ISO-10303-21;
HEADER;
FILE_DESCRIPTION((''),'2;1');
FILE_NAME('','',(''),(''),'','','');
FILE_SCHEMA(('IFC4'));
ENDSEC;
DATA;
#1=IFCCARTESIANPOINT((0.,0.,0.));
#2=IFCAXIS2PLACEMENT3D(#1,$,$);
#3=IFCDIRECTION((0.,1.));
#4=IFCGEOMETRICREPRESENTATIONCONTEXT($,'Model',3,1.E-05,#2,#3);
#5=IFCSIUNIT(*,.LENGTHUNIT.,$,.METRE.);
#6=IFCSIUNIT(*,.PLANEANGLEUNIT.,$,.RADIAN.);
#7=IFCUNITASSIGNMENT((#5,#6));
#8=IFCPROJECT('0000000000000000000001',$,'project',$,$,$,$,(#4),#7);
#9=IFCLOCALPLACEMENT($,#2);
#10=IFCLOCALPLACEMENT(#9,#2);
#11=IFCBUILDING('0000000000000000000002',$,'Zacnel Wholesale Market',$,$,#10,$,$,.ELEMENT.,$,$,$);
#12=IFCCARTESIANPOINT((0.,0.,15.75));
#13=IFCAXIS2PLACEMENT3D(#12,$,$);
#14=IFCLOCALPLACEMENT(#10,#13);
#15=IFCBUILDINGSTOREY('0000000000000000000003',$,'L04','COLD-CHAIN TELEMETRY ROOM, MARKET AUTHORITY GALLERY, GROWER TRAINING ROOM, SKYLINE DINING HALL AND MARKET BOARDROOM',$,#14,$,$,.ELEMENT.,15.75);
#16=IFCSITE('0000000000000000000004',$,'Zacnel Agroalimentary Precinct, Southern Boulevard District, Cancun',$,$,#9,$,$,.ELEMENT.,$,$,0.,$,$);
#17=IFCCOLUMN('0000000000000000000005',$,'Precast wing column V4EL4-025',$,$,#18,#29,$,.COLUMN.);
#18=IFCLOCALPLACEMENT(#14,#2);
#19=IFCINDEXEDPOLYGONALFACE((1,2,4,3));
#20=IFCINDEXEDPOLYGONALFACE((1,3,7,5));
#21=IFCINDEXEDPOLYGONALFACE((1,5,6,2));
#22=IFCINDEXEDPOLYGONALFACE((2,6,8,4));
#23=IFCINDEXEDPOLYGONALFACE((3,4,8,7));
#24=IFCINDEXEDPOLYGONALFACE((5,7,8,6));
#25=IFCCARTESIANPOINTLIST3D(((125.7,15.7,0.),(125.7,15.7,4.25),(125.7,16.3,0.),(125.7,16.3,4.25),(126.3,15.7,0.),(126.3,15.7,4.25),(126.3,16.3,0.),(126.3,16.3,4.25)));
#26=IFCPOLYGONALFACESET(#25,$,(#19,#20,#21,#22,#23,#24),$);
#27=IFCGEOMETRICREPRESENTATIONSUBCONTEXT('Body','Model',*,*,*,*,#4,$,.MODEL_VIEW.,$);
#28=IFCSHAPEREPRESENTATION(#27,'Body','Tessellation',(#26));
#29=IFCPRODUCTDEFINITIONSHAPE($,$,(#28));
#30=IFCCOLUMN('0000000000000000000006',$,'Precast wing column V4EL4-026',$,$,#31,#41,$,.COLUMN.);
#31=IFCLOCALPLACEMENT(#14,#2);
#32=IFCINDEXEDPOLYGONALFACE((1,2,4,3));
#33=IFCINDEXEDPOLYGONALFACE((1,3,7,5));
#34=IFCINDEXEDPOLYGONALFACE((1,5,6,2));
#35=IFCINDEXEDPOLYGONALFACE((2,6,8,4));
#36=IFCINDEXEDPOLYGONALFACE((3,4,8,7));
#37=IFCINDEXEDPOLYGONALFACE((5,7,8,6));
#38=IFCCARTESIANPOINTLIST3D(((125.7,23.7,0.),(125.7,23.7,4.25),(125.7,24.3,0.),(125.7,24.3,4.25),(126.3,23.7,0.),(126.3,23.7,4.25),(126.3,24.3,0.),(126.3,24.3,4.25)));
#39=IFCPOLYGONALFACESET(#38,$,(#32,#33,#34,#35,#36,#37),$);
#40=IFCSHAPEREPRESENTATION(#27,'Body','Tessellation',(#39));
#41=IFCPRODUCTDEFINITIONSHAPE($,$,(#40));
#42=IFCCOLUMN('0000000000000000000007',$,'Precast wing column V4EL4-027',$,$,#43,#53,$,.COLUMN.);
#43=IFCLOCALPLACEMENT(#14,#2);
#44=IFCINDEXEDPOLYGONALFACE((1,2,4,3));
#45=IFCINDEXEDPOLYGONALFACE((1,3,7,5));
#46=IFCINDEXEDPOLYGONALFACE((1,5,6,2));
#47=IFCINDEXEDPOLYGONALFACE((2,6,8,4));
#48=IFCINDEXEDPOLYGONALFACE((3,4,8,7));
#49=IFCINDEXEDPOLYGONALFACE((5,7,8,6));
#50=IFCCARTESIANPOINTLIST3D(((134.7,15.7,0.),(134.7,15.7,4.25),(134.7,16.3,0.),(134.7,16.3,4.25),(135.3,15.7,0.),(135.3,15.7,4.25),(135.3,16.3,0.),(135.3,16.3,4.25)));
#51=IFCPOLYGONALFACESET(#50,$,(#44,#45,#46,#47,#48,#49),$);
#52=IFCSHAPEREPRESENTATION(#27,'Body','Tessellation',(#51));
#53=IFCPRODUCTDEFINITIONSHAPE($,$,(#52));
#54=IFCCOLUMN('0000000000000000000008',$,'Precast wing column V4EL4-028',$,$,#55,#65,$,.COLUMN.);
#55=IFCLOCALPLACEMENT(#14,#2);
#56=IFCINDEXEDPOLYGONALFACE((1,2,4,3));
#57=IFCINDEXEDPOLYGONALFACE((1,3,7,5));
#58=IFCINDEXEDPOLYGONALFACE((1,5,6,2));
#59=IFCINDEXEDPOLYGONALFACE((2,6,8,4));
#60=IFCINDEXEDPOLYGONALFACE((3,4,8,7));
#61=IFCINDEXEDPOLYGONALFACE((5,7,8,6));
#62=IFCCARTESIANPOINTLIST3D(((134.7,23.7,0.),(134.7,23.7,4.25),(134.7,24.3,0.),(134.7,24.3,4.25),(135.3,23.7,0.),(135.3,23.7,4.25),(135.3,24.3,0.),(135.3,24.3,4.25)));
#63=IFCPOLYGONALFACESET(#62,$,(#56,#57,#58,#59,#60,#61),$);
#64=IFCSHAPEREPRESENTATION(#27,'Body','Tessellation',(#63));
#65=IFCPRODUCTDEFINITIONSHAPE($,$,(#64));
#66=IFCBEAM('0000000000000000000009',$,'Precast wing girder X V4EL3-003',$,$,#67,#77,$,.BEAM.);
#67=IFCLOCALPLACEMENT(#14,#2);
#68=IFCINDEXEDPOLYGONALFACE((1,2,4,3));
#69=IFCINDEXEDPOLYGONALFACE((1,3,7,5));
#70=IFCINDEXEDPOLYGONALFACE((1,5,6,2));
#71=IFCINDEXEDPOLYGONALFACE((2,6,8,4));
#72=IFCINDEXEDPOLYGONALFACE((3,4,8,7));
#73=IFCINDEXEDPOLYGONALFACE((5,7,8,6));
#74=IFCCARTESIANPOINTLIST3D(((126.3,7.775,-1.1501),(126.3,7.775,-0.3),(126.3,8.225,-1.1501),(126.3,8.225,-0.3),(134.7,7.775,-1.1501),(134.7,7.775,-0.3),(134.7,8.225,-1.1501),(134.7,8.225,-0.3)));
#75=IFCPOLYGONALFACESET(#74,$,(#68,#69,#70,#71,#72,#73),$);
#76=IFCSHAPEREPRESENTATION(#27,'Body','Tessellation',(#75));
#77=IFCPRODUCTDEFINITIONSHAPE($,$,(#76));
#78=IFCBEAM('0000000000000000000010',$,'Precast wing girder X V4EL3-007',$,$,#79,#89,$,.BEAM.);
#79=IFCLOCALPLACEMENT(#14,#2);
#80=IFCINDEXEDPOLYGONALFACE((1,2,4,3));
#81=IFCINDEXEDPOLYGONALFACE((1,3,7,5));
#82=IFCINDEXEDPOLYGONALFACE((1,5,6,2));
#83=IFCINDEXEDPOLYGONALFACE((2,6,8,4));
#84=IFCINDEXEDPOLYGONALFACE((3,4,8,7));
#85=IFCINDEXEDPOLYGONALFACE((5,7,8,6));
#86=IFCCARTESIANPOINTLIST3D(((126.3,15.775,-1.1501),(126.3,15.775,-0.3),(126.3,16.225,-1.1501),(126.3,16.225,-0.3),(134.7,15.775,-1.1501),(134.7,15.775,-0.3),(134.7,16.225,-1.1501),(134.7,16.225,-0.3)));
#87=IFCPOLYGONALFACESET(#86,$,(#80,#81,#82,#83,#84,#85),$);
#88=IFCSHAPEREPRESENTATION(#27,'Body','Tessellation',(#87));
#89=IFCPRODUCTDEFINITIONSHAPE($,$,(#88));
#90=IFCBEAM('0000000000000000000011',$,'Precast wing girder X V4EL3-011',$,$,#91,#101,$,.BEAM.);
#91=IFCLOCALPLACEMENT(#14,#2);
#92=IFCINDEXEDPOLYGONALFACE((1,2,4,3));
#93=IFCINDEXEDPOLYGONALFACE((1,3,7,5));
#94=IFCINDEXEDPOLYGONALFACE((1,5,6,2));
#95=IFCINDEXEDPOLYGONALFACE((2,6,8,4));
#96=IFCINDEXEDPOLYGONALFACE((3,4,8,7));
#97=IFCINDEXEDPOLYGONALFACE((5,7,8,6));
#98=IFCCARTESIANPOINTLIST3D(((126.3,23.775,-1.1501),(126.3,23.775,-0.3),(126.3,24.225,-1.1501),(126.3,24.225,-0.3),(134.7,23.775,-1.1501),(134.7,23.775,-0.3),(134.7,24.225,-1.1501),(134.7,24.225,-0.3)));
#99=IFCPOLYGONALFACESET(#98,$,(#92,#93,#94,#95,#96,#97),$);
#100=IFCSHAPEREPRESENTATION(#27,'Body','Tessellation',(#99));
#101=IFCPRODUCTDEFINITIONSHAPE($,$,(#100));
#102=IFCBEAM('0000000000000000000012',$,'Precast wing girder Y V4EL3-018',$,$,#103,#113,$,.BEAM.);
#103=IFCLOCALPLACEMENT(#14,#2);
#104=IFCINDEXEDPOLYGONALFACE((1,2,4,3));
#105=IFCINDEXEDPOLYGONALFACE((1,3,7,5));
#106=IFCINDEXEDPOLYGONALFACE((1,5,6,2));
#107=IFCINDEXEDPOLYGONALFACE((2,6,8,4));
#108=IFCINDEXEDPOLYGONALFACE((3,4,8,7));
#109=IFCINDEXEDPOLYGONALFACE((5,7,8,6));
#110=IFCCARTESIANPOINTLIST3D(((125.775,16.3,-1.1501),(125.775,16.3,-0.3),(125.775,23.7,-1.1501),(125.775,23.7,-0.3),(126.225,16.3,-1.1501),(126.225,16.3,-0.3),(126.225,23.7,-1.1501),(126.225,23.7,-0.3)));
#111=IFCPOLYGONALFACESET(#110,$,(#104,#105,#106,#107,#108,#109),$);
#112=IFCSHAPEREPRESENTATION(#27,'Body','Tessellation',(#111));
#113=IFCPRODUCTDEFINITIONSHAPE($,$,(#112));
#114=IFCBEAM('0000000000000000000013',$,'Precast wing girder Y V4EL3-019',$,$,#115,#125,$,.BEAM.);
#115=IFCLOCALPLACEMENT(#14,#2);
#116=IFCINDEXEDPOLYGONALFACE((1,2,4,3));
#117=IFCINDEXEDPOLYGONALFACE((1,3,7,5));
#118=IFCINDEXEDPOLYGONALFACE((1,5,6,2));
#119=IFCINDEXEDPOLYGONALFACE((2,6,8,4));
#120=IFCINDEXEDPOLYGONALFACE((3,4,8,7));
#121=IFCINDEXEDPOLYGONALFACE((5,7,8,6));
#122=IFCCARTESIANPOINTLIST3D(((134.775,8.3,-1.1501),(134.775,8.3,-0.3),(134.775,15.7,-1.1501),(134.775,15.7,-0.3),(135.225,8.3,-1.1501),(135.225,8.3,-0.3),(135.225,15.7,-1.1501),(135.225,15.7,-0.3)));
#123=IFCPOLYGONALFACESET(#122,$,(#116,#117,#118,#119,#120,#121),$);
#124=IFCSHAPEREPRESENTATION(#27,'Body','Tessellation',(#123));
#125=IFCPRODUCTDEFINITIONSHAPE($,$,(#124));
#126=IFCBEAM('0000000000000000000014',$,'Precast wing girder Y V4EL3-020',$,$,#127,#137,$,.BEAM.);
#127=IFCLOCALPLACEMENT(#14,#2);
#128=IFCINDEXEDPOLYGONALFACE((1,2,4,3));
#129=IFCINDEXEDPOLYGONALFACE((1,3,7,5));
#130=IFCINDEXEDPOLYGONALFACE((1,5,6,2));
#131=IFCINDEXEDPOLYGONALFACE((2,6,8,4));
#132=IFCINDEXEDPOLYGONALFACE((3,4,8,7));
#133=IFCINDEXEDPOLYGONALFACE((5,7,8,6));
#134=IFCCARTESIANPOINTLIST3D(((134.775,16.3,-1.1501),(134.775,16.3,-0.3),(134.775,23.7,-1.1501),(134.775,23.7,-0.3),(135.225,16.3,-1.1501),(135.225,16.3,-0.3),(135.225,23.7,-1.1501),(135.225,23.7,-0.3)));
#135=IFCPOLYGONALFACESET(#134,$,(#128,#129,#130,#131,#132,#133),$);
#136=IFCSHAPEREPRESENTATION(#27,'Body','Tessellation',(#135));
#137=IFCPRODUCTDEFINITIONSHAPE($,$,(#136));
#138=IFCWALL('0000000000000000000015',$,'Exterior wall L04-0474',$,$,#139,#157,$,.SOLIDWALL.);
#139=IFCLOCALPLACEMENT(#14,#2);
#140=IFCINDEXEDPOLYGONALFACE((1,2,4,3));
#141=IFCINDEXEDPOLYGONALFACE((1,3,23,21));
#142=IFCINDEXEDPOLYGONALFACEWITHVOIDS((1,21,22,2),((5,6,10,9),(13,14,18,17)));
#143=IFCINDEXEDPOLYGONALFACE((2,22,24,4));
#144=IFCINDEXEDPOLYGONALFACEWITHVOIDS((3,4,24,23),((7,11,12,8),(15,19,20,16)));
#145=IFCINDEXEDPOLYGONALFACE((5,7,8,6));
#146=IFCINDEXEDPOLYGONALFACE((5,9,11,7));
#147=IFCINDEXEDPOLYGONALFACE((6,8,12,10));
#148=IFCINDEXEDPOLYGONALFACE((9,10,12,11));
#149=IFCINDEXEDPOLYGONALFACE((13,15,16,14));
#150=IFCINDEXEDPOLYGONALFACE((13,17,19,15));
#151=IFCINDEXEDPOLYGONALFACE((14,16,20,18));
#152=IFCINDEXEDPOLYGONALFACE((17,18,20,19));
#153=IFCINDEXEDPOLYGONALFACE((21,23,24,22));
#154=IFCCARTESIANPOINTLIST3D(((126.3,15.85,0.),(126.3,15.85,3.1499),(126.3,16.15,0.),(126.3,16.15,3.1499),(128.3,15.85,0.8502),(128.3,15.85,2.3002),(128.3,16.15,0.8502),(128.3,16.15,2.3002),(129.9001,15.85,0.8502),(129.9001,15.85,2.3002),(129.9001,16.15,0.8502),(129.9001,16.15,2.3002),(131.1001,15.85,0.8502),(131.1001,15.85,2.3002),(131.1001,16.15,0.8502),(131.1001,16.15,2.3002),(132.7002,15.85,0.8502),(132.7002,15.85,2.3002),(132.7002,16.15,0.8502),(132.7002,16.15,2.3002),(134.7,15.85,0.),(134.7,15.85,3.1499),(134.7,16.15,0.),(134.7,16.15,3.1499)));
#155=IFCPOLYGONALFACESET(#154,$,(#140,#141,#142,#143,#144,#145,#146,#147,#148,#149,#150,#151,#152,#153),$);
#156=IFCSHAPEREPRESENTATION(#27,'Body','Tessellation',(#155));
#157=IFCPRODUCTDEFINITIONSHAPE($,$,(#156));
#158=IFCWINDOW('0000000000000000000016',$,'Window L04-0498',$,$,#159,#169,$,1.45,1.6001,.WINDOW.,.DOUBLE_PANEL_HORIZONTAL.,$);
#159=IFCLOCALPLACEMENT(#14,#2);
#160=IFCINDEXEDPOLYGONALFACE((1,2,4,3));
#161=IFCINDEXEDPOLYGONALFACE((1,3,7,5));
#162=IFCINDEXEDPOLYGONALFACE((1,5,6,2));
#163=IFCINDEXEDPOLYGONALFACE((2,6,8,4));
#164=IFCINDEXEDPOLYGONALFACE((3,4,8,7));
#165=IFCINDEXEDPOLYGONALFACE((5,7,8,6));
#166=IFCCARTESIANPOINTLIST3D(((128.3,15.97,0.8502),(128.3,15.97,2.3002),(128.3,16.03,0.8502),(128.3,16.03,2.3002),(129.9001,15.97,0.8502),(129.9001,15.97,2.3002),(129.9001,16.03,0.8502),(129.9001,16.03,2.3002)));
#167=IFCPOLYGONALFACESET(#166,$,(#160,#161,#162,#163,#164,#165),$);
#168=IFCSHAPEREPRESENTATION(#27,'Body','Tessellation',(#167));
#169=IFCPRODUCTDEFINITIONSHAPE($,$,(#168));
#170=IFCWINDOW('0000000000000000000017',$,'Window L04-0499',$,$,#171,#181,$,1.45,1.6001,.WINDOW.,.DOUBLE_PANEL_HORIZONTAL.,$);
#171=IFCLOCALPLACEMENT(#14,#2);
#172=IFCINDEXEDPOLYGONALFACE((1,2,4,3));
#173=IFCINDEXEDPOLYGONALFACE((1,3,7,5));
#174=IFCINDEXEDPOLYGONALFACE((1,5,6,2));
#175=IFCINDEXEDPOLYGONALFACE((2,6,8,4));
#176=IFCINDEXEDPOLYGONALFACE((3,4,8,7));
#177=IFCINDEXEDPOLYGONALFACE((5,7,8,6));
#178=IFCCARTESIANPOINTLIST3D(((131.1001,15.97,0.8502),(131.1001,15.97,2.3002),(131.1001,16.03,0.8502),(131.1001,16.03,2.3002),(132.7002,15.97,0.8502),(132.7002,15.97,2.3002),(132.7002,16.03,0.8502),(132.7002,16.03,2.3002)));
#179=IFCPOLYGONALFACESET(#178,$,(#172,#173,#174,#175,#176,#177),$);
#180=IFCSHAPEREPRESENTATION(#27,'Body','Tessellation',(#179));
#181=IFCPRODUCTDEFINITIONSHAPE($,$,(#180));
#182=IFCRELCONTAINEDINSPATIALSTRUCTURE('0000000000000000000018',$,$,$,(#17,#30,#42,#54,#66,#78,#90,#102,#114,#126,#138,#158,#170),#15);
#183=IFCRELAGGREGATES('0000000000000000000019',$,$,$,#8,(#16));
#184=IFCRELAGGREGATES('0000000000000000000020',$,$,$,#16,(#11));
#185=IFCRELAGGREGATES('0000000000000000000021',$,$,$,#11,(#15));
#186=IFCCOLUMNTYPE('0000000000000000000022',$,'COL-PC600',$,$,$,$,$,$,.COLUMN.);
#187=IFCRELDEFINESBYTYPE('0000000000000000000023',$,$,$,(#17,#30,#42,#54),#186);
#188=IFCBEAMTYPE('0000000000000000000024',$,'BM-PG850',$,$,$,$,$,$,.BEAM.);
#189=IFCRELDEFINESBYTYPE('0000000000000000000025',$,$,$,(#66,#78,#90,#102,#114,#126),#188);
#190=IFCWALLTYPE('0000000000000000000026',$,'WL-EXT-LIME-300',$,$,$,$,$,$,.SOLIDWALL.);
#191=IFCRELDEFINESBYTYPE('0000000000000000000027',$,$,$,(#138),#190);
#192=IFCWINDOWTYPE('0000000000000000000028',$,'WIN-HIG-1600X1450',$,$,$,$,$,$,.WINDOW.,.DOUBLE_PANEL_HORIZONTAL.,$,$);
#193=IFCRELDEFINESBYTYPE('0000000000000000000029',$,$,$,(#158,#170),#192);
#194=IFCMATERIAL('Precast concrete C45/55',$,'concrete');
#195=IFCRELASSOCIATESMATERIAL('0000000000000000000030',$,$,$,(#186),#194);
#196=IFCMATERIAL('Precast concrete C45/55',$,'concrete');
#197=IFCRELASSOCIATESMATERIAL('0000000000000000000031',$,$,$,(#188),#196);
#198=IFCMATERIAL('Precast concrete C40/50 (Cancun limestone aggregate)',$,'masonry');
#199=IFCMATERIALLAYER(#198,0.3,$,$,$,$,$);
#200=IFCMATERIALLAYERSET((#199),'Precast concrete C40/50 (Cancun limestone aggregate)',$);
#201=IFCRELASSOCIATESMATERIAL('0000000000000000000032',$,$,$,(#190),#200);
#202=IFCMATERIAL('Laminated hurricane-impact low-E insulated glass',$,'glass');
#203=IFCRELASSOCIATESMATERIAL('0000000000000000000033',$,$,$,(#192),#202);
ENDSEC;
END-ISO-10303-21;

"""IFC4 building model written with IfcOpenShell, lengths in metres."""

from ifc_helpers import new_model, si_unit, direction, frame, frame_2d, origin, origin_2d, place, context, subcontext, project, spatial, rectangle, extrude, material, layer, layer_set, material_profile, profile_set, type_object, element, fill, save


model = new_model("IFC4")

# Units and contexts
model_context = context("Model", 3, precision=1e-05, world=origin(), true_north=direction((0.0, 1.0)))
body_context = subcontext(model_context, "Body", "Model", "MODEL_VIEW")
ifc_project = project(units=[si_unit("LENGTHUNIT", "METRE"), si_unit("PLANEANGLEUNIT", "RADIAN")], contexts=[model_context])

# Site, building, storey
site_placement = place(None, origin())
site = spatial("IfcSite", under=ifc_project, at=site_placement, Name="Zacnel Agroalimentary Precinct, Southern Boulevard District, Cancun", CompositionType="ELEMENT", RefElevation=0.0)
building_placement = place(site_placement, origin())
building = spatial("IfcBuilding", under=site, at=building_placement, Name="Zacnel Wholesale Market", CompositionType="ELEMENT")
storey_placement = place(building_placement, frame((0.0, 0.0, 15.75)))
storey = spatial("IfcBuildingStorey", under=building, at=storey_placement, Name="L04", Description="COLD-CHAIN TELEMETRY ROOM, MARKET AUTHORITY GALLERY, GROWER TRAINING ROOM, SKYLINE DINING HALL AND MARKET BOARDROOM", CompositionType="ELEMENT", Elevation=15.75)

# Columns
ifc_material_1 = material(Name="Precast concrete C45/55", Category="concrete")
ifc_material_profile_1 = material_profile(ifc_material_1, rectangle(XDim=0.6001, YDim=0.6001, at=origin_2d()), Name="PC 600x600")
ifc_profile_set_1 = profile_set([ifc_material_profile_1], Name="Precast concrete C45/55")
column_type = type_object("IfcColumnType", Name="COL-PC600", PredefinedType="COLUMN", material=ifc_profile_set_1)
for number, where, z_axis, x_axis, name in (
    (1, (126.0, 16.0, 0.0), (0.0, 0.0, 1.0), (1.0, 0.0, 0.0), "Precast wing column V4EL4-025"),
    (2, (126.0, 24.0, 0.0), (0.0, 0.0, 1.0), (1.0, 0.0, 0.0), "Precast wing column V4EL4-026"),
    (3, (135.0, 16.0, 0.0), (0.0, 0.0, 1.0), (1.0, 0.0, 0.0), "Precast wing column V4EL4-027"),
    (4, (135.0, 24.0, 0.0), (0.0, 0.0, 1.0), (1.0, 0.0, 0.0), "Precast wing column V4EL4-028"),
):
    element("IfcColumn", number, at=place(storey_placement, frame(where, z_axis=z_axis, x_axis=x_axis)), inside=storey, type_object=column_type, Name=name, PredefinedType="COLUMN", context=body_context, shape_type="SweptSolid", body=[
        extrude(rectangle(XDim=0.6001, YDim=0.6001, at=origin_2d()), origin(), (0.0, 0.0, 1.0), 4.25),
    ])

# Beams
ifc_material_2 = material(Name="Precast concrete C45/55", Category="concrete")
ifc_material_profile_2 = material_profile(ifc_material_2, rectangle(XDim=0.45, YDim=0.8501, at=origin_2d()), Name="PG 450x850")
ifc_profile_set_2 = profile_set([ifc_material_profile_2], Name="Precast concrete C45/55")
beam_type = type_object("IfcBeamType", Name="BM-PG850", PredefinedType="BEAM", material=ifc_profile_set_2)
for number, where, z_axis, x_axis, name in (
    (5, (126.3, 8.0, -0.7251), (1.0, 0.0, 0.0), (0.0, 1.0, 0.0), "Precast wing girder X V4EL3-003"),
    (6, (126.3, 16.0, -0.7251), (1.0, 0.0, 0.0), (0.0, 1.0, 0.0), "Precast wing girder X V4EL3-007"),
    (7, (126.3, 24.0, -0.7251), (1.0, 0.0, 0.0), (0.0, 1.0, 0.0), "Precast wing girder X V4EL3-011"),
):
    element("IfcBeam", number, at=place(storey_placement, frame(where, z_axis=z_axis, x_axis=x_axis)), inside=storey, type_object=beam_type, Name=name, PredefinedType="BEAM", context=body_context, shape_type="SweptSolid", body=[
        extrude(rectangle(XDim=0.45, YDim=0.8501, at=origin_2d()), origin(), (0.0, 0.0, 1.0), 8.3999),
    ])
for number, where, z_axis, x_axis, name in (
    (8, (126.0, 16.3, -0.7251), (0.0, 1.0, 0.0), (-1.0, 0.0, 0.0), "Precast wing girder Y V4EL3-018"),
    (9, (135.0, 8.3, -0.7251), (0.0, 1.0, 0.0), (-1.0, 0.0, 0.0), "Precast wing girder Y V4EL3-019"),
    (10, (135.0, 16.3, -0.7251), (0.0, 1.0, 0.0), (-1.0, 0.0, 0.0), "Precast wing girder Y V4EL3-020"),
):
    element("IfcBeam", number, at=place(storey_placement, frame(where, z_axis=z_axis, x_axis=x_axis)), inside=storey, type_object=beam_type, Name=name, PredefinedType="BEAM", context=body_context, shape_type="SweptSolid", body=[
        extrude(rectangle(XDim=0.45, YDim=0.8501, at=origin_2d()), origin(), (0.0, 0.0, 1.0), 7.3999),
    ])

# Wall, openings, windows
ifc_material_3 = material(Name="Precast concrete C40/50 (Cancun limestone aggregate)", Category="masonry")
ifc_layer_1 = layer(ifc_material_3, 0.3)
ifc_layer_set_1 = layer_set([ifc_layer_1], Name="Precast concrete C40/50 (Cancun limestone aggregate)")
wall_type = type_object("IfcWallType", Name="WL-EXT-LIME-300", PredefinedType="SOLIDWALL", material=ifc_layer_set_1)
wall_1_placement = place(storey_placement, frame((126.3, 16.0, 0.0), z_axis=(0.0, 0.0, 1.0), x_axis=(1.0, 0.0, 0.0)))
wall_1 = element("IfcWall", 11, at=wall_1_placement, inside=storey, type_object=wall_type, Name="Exterior wall L04-0474", PredefinedType="SOLIDWALL", context=body_context, shape_type="SweptSolid", body=[
    extrude(rectangle(XDim=8.3999, YDim=0.3, at=frame_2d((4.2, 0.0))), origin(), (0.0, 0.0, 1.0), 3.1499),
])
opening_1_placement = place(wall_1_placement, frame((2.0, 0.0, 0.8501)))
opening_1 = element("IfcOpeningElement", 12, at=opening_1_placement, cuts=wall_1, PredefinedType="OPENING", context=body_context, shape_type="SweptSolid", body=[
    extrude(rectangle(XDim=1.6001, YDim=1.45, at=frame_2d((0.8, 0.7251))), frame((0.0, 0.1599, 0.0), z_axis=(0.0, -1.0, 0.0), x_axis=(1.0, 0.0, 0.0)), (0.0, 0.0, 1.0), 0.3201),
])
opening_2_placement = place(wall_1_placement, frame((4.8, 0.0, 0.8501)))
opening_2 = element("IfcOpeningElement", 13, at=opening_2_placement, cuts=wall_1, PredefinedType="OPENING", context=body_context, shape_type="SweptSolid", body=[
    extrude(rectangle(XDim=1.6001, YDim=1.45, at=frame_2d((0.8, 0.7251))), frame((0.0, 0.1599, 0.0), z_axis=(0.0, -1.0, 0.0), x_axis=(1.0, 0.0, 0.0)), (0.0, 0.0, 1.0), 0.3201),
])
ifc_material_4 = material(Name="Laminated hurricane-impact low-E insulated glass", Category="glass")
window_type = type_object("IfcWindowType", Name="WIN-HIG-1600X1450", PartitioningType="DOUBLE_PANEL_HORIZONTAL", PredefinedType="WINDOW", material=ifc_material_4)
window_1_placement = place(opening_1_placement, origin())
window_1 = element("IfcWindow", 14, at=window_1_placement, inside=storey, type_object=window_type, Name="Window L04-0498", OverallHeight=1.45, OverallWidth=1.6001, PartitioningType="DOUBLE_PANEL_HORIZONTAL", PredefinedType="WINDOW", context=body_context, shape_type="SweptSolid", body=[
    extrude(rectangle(XDim=1.6001, YDim=1.45, at=frame_2d((0.8, 0.7251))), frame((0.0, 0.03, 0.0), z_axis=(0.0, -1.0, 0.0), x_axis=(1.0, 0.0, 0.0)), (0.0, 0.0, 1.0), 0.0601),
])
fill(opening_1, window_1)
window_2_placement = place(opening_2_placement, origin())
window_2 = element("IfcWindow", 15, at=window_2_placement, inside=storey, type_object=window_type, Name="Window L04-0499", OverallHeight=1.45, OverallWidth=1.6001, PartitioningType="DOUBLE_PANEL_HORIZONTAL", PredefinedType="WINDOW", context=body_context, shape_type="SweptSolid", body=[
    extrude(rectangle(XDim=1.6001, YDim=1.45, at=frame_2d((0.8, 0.7251))), frame((0.0, 0.03, 0.0), z_axis=(0.0, -1.0, 0.0), x_axis=(1.0, 0.0, 0.0)), (0.0, 0.0, 1.0), 0.0601),
])
fill(opening_2, window_2)

save(model, "model.ifc")
